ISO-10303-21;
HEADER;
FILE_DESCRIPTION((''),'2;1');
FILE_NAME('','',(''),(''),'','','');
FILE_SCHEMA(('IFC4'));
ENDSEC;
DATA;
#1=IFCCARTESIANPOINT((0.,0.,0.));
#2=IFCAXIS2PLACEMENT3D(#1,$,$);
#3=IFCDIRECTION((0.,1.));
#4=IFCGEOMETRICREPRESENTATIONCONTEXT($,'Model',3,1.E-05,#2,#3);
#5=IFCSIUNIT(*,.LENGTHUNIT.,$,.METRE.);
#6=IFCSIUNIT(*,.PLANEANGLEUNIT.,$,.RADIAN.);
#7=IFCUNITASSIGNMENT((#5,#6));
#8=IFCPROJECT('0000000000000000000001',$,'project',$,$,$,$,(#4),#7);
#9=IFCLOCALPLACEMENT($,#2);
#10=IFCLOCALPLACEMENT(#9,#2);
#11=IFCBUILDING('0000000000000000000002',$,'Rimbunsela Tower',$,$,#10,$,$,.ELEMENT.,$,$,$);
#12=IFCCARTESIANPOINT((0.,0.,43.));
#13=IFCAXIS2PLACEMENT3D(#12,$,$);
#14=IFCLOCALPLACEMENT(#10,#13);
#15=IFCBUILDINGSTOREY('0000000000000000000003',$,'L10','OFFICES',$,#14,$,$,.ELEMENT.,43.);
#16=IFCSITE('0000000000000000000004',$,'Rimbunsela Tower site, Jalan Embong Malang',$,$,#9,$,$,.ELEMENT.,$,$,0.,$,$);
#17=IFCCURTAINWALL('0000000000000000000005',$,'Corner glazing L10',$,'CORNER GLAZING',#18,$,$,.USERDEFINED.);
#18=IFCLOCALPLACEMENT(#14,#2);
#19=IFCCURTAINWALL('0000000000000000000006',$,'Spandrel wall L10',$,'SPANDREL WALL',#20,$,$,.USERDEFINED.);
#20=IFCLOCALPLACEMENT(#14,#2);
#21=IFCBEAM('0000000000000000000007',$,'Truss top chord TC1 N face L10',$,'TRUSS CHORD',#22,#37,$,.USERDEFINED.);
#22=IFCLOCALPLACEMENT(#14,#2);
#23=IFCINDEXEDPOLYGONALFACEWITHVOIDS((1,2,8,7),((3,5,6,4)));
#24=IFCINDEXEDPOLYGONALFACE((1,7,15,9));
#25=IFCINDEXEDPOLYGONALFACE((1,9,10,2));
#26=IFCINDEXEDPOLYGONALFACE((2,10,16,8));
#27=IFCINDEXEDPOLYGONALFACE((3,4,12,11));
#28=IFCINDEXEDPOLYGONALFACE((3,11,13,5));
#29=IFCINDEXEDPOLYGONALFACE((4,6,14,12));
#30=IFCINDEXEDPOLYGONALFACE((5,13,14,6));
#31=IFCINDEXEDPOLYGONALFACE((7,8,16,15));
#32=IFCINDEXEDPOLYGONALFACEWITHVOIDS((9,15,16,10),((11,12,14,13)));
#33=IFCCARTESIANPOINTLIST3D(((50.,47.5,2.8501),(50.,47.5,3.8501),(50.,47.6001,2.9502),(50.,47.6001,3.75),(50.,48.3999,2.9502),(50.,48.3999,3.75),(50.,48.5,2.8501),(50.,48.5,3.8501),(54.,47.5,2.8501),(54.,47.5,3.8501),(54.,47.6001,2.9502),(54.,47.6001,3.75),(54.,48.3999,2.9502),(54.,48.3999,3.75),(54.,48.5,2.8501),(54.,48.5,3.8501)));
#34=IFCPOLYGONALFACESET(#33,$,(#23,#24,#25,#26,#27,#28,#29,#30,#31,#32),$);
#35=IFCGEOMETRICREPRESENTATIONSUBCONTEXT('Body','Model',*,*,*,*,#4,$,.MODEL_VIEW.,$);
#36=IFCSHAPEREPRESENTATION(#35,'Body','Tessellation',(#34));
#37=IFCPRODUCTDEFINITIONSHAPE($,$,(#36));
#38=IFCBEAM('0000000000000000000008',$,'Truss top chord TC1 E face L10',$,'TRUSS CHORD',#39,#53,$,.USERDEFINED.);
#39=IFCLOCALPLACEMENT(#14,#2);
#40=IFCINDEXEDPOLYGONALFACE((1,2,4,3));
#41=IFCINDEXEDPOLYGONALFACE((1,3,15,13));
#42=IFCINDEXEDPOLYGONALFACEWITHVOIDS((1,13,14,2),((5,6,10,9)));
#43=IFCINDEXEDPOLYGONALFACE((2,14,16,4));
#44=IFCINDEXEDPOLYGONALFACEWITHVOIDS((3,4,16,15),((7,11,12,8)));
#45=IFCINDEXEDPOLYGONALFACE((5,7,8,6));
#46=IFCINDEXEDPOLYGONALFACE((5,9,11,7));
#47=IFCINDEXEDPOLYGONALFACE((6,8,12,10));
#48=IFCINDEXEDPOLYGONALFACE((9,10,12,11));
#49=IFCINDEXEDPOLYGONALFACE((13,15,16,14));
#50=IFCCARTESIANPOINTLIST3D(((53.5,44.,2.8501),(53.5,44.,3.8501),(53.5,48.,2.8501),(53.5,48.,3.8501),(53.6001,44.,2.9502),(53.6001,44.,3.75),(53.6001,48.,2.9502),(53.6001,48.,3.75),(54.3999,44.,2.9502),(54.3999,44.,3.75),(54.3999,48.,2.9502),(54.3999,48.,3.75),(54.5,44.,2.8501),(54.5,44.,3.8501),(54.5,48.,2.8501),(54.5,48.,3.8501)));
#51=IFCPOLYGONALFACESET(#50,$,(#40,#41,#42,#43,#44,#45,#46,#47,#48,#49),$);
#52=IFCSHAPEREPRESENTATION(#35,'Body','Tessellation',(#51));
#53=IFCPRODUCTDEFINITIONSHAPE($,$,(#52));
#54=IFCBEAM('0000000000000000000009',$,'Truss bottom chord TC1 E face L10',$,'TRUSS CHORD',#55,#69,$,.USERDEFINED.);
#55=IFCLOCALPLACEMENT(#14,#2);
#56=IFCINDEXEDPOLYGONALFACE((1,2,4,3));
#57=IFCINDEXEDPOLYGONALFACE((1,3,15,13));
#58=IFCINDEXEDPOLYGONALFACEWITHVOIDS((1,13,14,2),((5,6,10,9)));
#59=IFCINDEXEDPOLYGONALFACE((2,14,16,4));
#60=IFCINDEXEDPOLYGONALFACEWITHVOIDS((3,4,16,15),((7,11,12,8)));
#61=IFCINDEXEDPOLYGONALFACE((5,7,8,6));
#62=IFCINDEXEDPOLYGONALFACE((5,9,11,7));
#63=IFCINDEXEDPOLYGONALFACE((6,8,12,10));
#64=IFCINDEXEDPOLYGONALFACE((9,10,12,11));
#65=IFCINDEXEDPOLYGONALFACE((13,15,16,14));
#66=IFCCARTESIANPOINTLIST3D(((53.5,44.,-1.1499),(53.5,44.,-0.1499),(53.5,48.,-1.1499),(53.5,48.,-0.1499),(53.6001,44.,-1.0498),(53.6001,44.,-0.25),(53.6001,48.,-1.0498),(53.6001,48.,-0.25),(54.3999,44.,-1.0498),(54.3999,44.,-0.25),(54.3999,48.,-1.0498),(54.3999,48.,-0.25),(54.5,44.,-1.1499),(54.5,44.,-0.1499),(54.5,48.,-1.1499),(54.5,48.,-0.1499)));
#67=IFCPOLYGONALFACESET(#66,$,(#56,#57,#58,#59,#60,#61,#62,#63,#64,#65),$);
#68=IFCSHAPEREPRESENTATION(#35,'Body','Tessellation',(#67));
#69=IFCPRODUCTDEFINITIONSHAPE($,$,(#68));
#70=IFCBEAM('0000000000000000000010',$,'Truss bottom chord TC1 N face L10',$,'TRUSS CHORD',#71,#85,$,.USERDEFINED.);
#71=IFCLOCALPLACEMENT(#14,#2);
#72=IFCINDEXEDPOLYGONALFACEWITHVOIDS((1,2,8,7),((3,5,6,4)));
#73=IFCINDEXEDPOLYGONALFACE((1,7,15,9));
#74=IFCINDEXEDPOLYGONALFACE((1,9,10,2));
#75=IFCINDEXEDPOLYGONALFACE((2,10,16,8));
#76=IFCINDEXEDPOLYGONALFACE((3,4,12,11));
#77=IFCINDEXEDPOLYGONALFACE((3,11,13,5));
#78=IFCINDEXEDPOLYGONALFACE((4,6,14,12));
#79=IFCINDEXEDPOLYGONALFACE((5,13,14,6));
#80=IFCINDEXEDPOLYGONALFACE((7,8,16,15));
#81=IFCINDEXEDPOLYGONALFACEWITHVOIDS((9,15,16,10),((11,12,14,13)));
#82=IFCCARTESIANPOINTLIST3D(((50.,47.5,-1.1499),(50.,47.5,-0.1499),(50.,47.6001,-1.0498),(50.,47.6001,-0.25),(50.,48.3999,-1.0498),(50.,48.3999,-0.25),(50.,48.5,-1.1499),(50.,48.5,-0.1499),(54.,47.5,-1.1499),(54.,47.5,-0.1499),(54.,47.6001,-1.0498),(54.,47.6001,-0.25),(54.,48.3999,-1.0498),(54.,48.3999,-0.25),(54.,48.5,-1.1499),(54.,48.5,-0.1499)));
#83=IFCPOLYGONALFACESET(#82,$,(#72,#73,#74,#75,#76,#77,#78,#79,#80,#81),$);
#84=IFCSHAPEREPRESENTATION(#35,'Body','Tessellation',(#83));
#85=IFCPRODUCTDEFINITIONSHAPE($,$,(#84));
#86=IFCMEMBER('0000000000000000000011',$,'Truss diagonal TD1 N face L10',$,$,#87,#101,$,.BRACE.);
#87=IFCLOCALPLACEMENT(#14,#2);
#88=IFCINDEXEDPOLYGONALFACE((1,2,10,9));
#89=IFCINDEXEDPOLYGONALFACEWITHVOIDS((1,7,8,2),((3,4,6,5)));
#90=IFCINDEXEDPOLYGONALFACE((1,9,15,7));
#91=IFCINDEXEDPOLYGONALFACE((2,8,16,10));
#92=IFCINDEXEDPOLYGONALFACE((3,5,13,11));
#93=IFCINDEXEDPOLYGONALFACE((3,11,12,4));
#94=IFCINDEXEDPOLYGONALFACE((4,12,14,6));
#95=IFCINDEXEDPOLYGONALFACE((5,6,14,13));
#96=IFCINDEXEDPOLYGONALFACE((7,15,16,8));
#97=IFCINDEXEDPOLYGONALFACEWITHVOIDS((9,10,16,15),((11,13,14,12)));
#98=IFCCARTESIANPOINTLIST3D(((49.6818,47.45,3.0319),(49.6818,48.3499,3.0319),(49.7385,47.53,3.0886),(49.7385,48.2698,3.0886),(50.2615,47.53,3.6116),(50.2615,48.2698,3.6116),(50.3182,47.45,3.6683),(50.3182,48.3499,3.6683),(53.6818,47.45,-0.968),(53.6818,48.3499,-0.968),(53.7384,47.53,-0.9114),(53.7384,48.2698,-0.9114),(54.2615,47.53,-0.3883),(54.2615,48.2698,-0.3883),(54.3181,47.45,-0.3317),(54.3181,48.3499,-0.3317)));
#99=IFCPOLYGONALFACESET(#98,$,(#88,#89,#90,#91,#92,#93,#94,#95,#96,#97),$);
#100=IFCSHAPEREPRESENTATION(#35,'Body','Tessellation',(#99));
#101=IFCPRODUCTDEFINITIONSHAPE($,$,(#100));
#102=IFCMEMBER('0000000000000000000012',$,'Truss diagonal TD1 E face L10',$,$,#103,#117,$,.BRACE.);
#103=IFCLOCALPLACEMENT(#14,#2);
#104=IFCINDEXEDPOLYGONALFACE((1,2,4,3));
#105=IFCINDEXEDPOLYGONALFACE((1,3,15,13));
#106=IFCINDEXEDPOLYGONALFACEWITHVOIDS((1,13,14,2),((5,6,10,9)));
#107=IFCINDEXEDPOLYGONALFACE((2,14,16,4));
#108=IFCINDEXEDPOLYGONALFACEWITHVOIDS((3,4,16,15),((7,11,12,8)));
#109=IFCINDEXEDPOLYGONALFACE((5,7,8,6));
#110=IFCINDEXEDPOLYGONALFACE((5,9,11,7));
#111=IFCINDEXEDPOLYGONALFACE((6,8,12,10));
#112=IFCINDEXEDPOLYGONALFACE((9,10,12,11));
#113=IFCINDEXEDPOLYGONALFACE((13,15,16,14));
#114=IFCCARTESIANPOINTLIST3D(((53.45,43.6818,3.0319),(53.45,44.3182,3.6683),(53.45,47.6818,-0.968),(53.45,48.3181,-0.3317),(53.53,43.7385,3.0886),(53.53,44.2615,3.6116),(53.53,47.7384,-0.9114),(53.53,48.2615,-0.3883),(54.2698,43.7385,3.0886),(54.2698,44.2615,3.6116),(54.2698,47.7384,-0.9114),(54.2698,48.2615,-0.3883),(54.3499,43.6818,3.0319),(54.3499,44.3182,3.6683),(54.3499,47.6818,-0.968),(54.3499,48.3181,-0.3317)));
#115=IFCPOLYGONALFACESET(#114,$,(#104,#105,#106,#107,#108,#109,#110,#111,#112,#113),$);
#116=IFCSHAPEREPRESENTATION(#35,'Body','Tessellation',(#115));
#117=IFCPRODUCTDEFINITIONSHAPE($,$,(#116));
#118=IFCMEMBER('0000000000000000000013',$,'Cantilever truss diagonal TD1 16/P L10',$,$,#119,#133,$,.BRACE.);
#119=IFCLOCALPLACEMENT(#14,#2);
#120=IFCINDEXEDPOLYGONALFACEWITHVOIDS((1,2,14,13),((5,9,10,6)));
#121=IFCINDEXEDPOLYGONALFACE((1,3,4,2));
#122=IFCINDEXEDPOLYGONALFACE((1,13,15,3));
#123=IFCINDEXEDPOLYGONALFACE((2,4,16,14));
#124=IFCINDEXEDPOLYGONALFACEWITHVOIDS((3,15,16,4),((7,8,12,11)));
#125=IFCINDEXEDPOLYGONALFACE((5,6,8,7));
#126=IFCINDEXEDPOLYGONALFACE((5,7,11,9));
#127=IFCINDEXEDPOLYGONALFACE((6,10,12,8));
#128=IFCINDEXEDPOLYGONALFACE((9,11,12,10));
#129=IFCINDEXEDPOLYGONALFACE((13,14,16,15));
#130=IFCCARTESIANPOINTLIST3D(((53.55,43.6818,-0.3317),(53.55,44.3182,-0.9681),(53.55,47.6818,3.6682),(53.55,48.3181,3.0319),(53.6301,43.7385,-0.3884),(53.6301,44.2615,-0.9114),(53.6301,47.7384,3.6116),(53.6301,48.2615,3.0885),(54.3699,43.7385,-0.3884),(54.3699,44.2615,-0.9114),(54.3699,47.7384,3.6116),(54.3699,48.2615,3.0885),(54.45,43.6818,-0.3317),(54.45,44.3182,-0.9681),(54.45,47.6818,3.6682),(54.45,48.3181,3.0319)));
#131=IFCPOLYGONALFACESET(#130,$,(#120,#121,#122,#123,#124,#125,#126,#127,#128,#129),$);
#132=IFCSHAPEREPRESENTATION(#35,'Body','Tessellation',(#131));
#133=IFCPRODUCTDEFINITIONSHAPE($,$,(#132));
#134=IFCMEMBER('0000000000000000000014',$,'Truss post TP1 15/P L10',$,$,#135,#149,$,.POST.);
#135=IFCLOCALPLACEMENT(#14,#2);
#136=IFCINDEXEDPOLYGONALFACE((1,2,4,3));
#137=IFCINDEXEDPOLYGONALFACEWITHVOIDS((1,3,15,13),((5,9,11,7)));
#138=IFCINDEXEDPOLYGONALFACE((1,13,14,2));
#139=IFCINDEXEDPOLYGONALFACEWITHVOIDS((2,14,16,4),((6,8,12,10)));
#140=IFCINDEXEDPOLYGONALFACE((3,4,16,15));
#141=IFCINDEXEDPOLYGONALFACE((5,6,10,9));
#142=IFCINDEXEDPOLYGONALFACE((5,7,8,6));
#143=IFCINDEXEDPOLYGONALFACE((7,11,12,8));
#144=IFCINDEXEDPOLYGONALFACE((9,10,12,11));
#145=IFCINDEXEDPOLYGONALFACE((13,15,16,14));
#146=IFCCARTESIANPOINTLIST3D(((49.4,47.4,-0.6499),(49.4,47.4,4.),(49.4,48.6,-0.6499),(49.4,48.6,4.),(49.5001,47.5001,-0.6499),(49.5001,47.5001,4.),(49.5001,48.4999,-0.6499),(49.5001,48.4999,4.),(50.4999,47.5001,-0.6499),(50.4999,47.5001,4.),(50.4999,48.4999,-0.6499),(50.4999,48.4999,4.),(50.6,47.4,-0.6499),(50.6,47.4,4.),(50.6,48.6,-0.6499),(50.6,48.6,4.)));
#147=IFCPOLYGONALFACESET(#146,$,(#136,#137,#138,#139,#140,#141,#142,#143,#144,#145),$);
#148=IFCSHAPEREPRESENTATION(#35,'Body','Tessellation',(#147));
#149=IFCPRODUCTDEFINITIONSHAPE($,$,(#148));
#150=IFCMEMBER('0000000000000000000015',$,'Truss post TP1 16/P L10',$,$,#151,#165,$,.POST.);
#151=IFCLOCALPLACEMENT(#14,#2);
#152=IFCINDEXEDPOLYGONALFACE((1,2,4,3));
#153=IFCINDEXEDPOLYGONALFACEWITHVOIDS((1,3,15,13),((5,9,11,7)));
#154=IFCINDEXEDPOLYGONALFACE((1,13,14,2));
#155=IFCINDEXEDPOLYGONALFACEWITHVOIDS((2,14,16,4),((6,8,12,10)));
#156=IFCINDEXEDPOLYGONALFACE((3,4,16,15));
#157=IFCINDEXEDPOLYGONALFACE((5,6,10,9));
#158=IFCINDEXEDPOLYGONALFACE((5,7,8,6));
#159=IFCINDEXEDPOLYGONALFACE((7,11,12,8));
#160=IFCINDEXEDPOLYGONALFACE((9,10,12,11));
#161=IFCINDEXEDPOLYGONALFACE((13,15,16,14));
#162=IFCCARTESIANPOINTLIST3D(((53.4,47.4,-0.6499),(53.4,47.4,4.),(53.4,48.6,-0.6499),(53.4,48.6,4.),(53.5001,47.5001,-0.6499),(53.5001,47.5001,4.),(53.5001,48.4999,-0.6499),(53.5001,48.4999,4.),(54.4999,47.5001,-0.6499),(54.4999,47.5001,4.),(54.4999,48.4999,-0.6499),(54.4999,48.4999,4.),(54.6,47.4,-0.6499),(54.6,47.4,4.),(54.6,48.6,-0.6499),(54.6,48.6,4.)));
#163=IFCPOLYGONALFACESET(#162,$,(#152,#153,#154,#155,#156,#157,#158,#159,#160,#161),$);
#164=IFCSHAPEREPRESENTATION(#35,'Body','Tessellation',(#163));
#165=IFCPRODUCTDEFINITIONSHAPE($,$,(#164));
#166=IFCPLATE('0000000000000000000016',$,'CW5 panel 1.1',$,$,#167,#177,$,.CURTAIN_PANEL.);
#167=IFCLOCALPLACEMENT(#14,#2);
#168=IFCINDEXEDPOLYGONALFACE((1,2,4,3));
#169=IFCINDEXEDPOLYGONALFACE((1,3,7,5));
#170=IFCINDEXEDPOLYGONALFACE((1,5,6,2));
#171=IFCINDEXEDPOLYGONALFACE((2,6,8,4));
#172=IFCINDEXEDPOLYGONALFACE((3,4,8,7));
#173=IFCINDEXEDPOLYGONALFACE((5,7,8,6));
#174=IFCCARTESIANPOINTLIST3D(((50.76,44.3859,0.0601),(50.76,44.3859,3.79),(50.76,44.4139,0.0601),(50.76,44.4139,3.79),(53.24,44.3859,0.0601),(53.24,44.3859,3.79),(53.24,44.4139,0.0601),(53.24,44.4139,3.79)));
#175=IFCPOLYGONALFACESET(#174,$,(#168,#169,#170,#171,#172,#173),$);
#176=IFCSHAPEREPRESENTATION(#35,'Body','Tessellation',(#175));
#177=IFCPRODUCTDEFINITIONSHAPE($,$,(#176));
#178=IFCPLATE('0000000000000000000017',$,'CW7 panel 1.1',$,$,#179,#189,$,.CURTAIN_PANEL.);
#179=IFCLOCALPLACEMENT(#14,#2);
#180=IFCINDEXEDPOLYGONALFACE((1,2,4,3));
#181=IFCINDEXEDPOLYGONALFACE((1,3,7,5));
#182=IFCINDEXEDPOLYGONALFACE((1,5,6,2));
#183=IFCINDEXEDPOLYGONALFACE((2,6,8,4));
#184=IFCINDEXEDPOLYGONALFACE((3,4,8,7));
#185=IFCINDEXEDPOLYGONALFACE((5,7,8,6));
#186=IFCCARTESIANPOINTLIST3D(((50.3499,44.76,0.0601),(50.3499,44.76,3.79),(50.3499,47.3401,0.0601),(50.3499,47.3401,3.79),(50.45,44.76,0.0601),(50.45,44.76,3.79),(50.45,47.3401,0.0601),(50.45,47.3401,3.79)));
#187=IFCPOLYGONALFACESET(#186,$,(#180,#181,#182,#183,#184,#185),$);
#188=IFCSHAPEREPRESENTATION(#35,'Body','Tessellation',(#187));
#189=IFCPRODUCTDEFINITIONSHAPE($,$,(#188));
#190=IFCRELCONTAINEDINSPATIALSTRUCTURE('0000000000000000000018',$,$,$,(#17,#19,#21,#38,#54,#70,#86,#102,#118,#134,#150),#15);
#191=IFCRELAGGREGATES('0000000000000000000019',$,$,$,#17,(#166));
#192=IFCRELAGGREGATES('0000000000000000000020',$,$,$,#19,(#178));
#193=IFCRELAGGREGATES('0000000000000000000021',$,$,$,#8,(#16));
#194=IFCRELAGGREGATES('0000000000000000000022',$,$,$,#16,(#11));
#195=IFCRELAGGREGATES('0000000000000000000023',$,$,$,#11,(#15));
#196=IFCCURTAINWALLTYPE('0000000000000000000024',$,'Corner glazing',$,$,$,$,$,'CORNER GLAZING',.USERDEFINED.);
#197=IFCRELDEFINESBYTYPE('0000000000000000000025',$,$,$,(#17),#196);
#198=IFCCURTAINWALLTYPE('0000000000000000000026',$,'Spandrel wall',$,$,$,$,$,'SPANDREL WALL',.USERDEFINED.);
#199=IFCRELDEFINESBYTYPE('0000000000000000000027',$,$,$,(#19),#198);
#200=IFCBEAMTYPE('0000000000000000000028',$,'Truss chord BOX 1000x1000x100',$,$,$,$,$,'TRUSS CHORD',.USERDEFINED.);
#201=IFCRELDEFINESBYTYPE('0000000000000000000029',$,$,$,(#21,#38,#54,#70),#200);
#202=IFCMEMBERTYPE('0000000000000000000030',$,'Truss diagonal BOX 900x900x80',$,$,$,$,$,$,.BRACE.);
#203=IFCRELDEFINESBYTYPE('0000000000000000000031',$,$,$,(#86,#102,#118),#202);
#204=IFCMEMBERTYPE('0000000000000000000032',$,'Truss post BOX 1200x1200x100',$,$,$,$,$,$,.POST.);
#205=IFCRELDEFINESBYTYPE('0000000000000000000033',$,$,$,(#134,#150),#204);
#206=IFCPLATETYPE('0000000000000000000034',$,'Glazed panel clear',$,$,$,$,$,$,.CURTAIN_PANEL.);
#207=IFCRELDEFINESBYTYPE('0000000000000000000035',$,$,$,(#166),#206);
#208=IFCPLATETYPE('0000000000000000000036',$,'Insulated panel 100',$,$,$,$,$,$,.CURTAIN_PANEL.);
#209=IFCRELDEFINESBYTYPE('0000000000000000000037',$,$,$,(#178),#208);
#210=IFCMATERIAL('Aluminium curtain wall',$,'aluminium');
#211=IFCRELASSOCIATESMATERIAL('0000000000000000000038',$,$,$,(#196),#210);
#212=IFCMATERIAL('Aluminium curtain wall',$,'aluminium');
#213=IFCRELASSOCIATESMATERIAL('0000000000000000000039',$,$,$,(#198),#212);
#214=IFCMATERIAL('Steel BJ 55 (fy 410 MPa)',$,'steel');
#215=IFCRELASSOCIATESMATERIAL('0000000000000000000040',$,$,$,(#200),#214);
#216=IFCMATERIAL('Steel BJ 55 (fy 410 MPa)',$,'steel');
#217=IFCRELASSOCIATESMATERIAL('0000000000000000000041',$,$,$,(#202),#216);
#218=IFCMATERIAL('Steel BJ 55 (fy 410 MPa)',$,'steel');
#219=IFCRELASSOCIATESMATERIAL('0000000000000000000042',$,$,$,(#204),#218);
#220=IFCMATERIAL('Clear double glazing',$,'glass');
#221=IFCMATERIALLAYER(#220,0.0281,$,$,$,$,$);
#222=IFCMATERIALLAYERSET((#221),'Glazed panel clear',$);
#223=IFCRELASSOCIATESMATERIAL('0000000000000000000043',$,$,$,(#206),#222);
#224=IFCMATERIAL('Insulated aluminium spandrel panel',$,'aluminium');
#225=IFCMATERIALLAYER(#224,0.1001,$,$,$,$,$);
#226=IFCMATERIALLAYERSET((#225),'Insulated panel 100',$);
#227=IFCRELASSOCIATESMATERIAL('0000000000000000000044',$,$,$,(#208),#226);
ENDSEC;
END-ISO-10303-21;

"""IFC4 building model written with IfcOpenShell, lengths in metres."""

from ifc_helpers import new_model, si_unit, direction, frame, origin, origin_2d, place, context, subcontext, project, spatial, rectangle, hollow_rectangle, extrude, material, layer, layer_set, material_profile, profile_set, type_object, element, aggregate, save


model = new_model("IFC4")

# Units and contexts
model_context = context("Model", 3, precision=1e-05, world=origin(), true_north=direction((0.0, 1.0)))
body_context = subcontext(model_context, "Body", "Model", "MODEL_VIEW")
ifc_project = project(units=[si_unit("LENGTHUNIT", "METRE"), si_unit("PLANEANGLEUNIT", "RADIAN")], contexts=[model_context])

# Site, building, storey
site_placement = place(None, origin())
site = spatial("IfcSite", under=ifc_project, at=site_placement, Name="Rimbunsela Tower site, Jalan Embong Malang", CompositionType="ELEMENT", RefElevation=0.0)
building_placement = place(site_placement, origin())
building = spatial("IfcBuilding", under=site, at=building_placement, Name="Rimbunsela Tower", CompositionType="ELEMENT")
storey_placement = place(building_placement, frame((0.0, 0.0, 43.0)))
storey = spatial("IfcBuildingStorey", under=building, at=storey_placement, Name="L10", Description="OFFICES", CompositionType="ELEMENT", Elevation=43.0)

# Curtain walls
ifc_material_1 = material(Name="Aluminium curtain wall", Category="aluminium")
curtain_wall_type_1 = type_object("IfcCurtainWallType", Name="Corner glazing", ElementType="CORNER GLAZING", PredefinedType="USERDEFINED", material=ifc_material_1)
curtain_wall_1_placement = place(storey_placement, origin())
curtain_wall_1 = element("IfcCurtainWall", 1, at=curtain_wall_1_placement, inside=storey, type_object=curtain_wall_type_1, Name="Corner glazing L10", ObjectType="CORNER GLAZING", PredefinedType="USERDEFINED")
ifc_material_2 = material(Name="Aluminium curtain wall", Category="aluminium")
curtain_wall_type_2 = type_object("IfcCurtainWallType", Name="Spandrel wall", ElementType="SPANDREL WALL", PredefinedType="USERDEFINED", material=ifc_material_2)
curtain_wall_2_placement = place(storey_placement, origin())
curtain_wall_2 = element("IfcCurtainWall", 2, at=curtain_wall_2_placement, inside=storey, type_object=curtain_wall_type_2, Name="Spandrel wall L10", ObjectType="SPANDREL WALL", PredefinedType="USERDEFINED")

# Beams
ifc_material_3 = material(Name="Steel BJ 55 (fy 410 MPa)", Category="steel")
ifc_material_profile_1 = material_profile(ifc_material_3, hollow_rectangle(XDim=1.0, YDim=1.0, WallThickness=0.1001, at=origin_2d()), Name="BOX 1000x1000x100")
ifc_profile_set_1 = profile_set([ifc_material_profile_1], Name="Steel BJ 55 (fy 410 MPa)")
beam_type = type_object("IfcBeamType", Name="Truss chord BOX 1000x1000x100", ElementType="TRUSS CHORD", PredefinedType="USERDEFINED", material=ifc_profile_set_1)
for number, where, z_axis, x_axis, name in (
    (3, (50.0, 48.0, 3.3501), (1.0, 0.0, 0.0), (0.0, 1.0, 0.0), "Truss top chord TC1 N face L10"),
    (4, (54.0, 44.0, 3.3501), (0.0, 1.0, 0.0), (-1.0, 0.0, 0.0), "Truss top chord TC1 E face L10"),
    (5, (54.0, 44.0, -0.6499), (0.0, 1.0, 0.0), (-1.0, 0.0, 0.0), "Truss bottom chord TC1 E face L10"),
    (6, (50.0, 48.0, -0.6499), (1.0, 0.0, 0.0), (0.0, 1.0, 0.0), "Truss bottom chord TC1 N face L10"),
):
    element("IfcBeam", number, at=place(storey_placement, frame(where, z_axis=z_axis, x_axis=x_axis)), inside=storey, type_object=beam_type, Name=name, ObjectType="TRUSS CHORD", PredefinedType="USERDEFINED", context=body_context, shape_type="SweptSolid", body=[
        extrude(hollow_rectangle(XDim=1.0, YDim=1.0, WallThickness=0.1001, at=origin_2d()), origin(), (0.0, 0.0, 1.0), 4.0),
    ])

# Members
ifc_material_4 = material(Name="Steel BJ 55 (fy 410 MPa)", Category="steel")
ifc_material_profile_2 = material_profile(ifc_material_4, hollow_rectangle(XDim=0.8999, YDim=0.8999, WallThickness=0.0801, at=origin_2d()), Name="BOX 900x900x80")
ifc_profile_set_2 = profile_set([ifc_material_profile_2], Name="Steel BJ 55 (fy 410 MPa)")
member_type_1 = type_object("IfcMemberType", Name="Truss diagonal BOX 900x900x80", PredefinedType="BRACE", material=ifc_profile_set_2)
for number, where, z_axis, x_axis, name in (
    (7, (50.0, 47.8999, 3.3501), (0.707107, 0.0, -0.707107), (0.0, 1.0, 0.0), "Truss diagonal TD1 N face L10"),
    (8, (53.8999, 44.0, 3.3501), (0.0, 0.707107, -0.707107), (-1.0, 0.0, 0.0), "Truss diagonal TD1 E face L10"),
    (9, (54.0, 44.0, -0.6499), (0.0, 0.707107, 0.707107), (-1.0, 0.0, 0.0), "Cantilever truss diagonal TD1 16/P L10"),
):
    element("IfcMember", number, at=place(storey_placement, frame(where, z_axis=z_axis, x_axis=x_axis)), inside=storey, type_object=member_type_1, Name=name, PredefinedType="BRACE", context=body_context, shape_type="SweptSolid", body=[
        extrude(hollow_rectangle(XDim=0.8999, YDim=0.8999, WallThickness=0.0801, at=origin_2d()), origin(), (0.0, 0.0, 1.0), 5.6567),
    ])
ifc_material_5 = material(Name="Steel BJ 55 (fy 410 MPa)", Category="steel")
ifc_material_profile_3 = material_profile(ifc_material_5, hollow_rectangle(XDim=1.2, YDim=1.2, WallThickness=0.1001, at=origin_2d()), Name="BOX 1200x1200x100")
ifc_profile_set_3 = profile_set([ifc_material_profile_3], Name="Steel BJ 55 (fy 410 MPa)")
member_type_2 = type_object("IfcMemberType", Name="Truss post BOX 1200x1200x100", PredefinedType="POST", material=ifc_profile_set_3)
for number, where, z_axis, x_axis, name in (
    (10, (50.0, 48.0, -0.6499), (0.0, 0.0, 1.0), (1.0, 0.0, 0.0), "Truss post TP1 15/P L10"),
    (11, (54.0, 48.0, -0.6499), (0.0, 0.0, 1.0), (1.0, 0.0, 0.0), "Truss post TP1 16/P L10"),
):
    element("IfcMember", number, at=place(storey_placement, frame(where, z_axis=z_axis, x_axis=x_axis)), inside=storey, type_object=member_type_2, Name=name, PredefinedType="POST", context=body_context, shape_type="SweptSolid", body=[
        extrude(hollow_rectangle(XDim=1.2, YDim=1.2, WallThickness=0.1001, at=origin_2d()), origin(), (0.0, 0.0, 1.0), 4.6499),
    ])

# Plates
ifc_material_6 = material(Name="Clear double glazing", Category="glass")
ifc_layer_1 = layer(ifc_material_6, 0.0281)
ifc_layer_set_1 = layer_set([ifc_layer_1], Name="Glazed panel clear")
plate_type_1 = type_object("IfcPlateType", Name="Glazed panel clear", PredefinedType="CURTAIN_PANEL", material=ifc_layer_set_1)
plate_1_placement = place(storey_placement, frame((52.0, 44.3999, 0.0601), z_axis=(0.0, 0.0, 1.0), x_axis=(-1.0, 0.0, 0.0)))
plate_1 = element("IfcPlate", 12, at=plate_1_placement, type_object=plate_type_1, Name="CW5 panel 1.1", PredefinedType="CURTAIN_PANEL", context=body_context, shape_type="SweptSolid", body=[
    extrude(rectangle(XDim=2.48, YDim=0.0281, at=origin_2d()), origin(), (0.0, 0.0, 1.0), 3.73),
])
aggregate(curtain_wall_1, [plate_1])
ifc_material_7 = material(Name="Insulated aluminium spandrel panel", Category="aluminium")
ifc_layer_2 = layer(ifc_material_7, 0.1001)
ifc_layer_set_2 = layer_set([ifc_layer_2], Name="Insulated panel 100")
plate_type_2 = type_object("IfcPlateType", Name="Insulated panel 100", PredefinedType="CURTAIN_PANEL", material=ifc_layer_set_2)
plate_2_placement = place(storey_placement, frame((50.3999, 46.05, 0.0601), z_axis=(0.0, 0.0, 1.0), x_axis=(0.0, 1.0, 0.0)))
plate_2 = element("IfcPlate", 13, at=plate_2_placement, type_object=plate_type_2, Name="CW7 panel 1.1", PredefinedType="CURTAIN_PANEL", context=body_context, shape_type="SweptSolid", body=[
    extrude(rectangle(XDim=2.5801, YDim=0.1001, at=origin_2d()), origin(), (0.0, 0.0, 1.0), 3.73),
])
aggregate(curtain_wall_2, [plate_2])

save(model, "model.ifc")
